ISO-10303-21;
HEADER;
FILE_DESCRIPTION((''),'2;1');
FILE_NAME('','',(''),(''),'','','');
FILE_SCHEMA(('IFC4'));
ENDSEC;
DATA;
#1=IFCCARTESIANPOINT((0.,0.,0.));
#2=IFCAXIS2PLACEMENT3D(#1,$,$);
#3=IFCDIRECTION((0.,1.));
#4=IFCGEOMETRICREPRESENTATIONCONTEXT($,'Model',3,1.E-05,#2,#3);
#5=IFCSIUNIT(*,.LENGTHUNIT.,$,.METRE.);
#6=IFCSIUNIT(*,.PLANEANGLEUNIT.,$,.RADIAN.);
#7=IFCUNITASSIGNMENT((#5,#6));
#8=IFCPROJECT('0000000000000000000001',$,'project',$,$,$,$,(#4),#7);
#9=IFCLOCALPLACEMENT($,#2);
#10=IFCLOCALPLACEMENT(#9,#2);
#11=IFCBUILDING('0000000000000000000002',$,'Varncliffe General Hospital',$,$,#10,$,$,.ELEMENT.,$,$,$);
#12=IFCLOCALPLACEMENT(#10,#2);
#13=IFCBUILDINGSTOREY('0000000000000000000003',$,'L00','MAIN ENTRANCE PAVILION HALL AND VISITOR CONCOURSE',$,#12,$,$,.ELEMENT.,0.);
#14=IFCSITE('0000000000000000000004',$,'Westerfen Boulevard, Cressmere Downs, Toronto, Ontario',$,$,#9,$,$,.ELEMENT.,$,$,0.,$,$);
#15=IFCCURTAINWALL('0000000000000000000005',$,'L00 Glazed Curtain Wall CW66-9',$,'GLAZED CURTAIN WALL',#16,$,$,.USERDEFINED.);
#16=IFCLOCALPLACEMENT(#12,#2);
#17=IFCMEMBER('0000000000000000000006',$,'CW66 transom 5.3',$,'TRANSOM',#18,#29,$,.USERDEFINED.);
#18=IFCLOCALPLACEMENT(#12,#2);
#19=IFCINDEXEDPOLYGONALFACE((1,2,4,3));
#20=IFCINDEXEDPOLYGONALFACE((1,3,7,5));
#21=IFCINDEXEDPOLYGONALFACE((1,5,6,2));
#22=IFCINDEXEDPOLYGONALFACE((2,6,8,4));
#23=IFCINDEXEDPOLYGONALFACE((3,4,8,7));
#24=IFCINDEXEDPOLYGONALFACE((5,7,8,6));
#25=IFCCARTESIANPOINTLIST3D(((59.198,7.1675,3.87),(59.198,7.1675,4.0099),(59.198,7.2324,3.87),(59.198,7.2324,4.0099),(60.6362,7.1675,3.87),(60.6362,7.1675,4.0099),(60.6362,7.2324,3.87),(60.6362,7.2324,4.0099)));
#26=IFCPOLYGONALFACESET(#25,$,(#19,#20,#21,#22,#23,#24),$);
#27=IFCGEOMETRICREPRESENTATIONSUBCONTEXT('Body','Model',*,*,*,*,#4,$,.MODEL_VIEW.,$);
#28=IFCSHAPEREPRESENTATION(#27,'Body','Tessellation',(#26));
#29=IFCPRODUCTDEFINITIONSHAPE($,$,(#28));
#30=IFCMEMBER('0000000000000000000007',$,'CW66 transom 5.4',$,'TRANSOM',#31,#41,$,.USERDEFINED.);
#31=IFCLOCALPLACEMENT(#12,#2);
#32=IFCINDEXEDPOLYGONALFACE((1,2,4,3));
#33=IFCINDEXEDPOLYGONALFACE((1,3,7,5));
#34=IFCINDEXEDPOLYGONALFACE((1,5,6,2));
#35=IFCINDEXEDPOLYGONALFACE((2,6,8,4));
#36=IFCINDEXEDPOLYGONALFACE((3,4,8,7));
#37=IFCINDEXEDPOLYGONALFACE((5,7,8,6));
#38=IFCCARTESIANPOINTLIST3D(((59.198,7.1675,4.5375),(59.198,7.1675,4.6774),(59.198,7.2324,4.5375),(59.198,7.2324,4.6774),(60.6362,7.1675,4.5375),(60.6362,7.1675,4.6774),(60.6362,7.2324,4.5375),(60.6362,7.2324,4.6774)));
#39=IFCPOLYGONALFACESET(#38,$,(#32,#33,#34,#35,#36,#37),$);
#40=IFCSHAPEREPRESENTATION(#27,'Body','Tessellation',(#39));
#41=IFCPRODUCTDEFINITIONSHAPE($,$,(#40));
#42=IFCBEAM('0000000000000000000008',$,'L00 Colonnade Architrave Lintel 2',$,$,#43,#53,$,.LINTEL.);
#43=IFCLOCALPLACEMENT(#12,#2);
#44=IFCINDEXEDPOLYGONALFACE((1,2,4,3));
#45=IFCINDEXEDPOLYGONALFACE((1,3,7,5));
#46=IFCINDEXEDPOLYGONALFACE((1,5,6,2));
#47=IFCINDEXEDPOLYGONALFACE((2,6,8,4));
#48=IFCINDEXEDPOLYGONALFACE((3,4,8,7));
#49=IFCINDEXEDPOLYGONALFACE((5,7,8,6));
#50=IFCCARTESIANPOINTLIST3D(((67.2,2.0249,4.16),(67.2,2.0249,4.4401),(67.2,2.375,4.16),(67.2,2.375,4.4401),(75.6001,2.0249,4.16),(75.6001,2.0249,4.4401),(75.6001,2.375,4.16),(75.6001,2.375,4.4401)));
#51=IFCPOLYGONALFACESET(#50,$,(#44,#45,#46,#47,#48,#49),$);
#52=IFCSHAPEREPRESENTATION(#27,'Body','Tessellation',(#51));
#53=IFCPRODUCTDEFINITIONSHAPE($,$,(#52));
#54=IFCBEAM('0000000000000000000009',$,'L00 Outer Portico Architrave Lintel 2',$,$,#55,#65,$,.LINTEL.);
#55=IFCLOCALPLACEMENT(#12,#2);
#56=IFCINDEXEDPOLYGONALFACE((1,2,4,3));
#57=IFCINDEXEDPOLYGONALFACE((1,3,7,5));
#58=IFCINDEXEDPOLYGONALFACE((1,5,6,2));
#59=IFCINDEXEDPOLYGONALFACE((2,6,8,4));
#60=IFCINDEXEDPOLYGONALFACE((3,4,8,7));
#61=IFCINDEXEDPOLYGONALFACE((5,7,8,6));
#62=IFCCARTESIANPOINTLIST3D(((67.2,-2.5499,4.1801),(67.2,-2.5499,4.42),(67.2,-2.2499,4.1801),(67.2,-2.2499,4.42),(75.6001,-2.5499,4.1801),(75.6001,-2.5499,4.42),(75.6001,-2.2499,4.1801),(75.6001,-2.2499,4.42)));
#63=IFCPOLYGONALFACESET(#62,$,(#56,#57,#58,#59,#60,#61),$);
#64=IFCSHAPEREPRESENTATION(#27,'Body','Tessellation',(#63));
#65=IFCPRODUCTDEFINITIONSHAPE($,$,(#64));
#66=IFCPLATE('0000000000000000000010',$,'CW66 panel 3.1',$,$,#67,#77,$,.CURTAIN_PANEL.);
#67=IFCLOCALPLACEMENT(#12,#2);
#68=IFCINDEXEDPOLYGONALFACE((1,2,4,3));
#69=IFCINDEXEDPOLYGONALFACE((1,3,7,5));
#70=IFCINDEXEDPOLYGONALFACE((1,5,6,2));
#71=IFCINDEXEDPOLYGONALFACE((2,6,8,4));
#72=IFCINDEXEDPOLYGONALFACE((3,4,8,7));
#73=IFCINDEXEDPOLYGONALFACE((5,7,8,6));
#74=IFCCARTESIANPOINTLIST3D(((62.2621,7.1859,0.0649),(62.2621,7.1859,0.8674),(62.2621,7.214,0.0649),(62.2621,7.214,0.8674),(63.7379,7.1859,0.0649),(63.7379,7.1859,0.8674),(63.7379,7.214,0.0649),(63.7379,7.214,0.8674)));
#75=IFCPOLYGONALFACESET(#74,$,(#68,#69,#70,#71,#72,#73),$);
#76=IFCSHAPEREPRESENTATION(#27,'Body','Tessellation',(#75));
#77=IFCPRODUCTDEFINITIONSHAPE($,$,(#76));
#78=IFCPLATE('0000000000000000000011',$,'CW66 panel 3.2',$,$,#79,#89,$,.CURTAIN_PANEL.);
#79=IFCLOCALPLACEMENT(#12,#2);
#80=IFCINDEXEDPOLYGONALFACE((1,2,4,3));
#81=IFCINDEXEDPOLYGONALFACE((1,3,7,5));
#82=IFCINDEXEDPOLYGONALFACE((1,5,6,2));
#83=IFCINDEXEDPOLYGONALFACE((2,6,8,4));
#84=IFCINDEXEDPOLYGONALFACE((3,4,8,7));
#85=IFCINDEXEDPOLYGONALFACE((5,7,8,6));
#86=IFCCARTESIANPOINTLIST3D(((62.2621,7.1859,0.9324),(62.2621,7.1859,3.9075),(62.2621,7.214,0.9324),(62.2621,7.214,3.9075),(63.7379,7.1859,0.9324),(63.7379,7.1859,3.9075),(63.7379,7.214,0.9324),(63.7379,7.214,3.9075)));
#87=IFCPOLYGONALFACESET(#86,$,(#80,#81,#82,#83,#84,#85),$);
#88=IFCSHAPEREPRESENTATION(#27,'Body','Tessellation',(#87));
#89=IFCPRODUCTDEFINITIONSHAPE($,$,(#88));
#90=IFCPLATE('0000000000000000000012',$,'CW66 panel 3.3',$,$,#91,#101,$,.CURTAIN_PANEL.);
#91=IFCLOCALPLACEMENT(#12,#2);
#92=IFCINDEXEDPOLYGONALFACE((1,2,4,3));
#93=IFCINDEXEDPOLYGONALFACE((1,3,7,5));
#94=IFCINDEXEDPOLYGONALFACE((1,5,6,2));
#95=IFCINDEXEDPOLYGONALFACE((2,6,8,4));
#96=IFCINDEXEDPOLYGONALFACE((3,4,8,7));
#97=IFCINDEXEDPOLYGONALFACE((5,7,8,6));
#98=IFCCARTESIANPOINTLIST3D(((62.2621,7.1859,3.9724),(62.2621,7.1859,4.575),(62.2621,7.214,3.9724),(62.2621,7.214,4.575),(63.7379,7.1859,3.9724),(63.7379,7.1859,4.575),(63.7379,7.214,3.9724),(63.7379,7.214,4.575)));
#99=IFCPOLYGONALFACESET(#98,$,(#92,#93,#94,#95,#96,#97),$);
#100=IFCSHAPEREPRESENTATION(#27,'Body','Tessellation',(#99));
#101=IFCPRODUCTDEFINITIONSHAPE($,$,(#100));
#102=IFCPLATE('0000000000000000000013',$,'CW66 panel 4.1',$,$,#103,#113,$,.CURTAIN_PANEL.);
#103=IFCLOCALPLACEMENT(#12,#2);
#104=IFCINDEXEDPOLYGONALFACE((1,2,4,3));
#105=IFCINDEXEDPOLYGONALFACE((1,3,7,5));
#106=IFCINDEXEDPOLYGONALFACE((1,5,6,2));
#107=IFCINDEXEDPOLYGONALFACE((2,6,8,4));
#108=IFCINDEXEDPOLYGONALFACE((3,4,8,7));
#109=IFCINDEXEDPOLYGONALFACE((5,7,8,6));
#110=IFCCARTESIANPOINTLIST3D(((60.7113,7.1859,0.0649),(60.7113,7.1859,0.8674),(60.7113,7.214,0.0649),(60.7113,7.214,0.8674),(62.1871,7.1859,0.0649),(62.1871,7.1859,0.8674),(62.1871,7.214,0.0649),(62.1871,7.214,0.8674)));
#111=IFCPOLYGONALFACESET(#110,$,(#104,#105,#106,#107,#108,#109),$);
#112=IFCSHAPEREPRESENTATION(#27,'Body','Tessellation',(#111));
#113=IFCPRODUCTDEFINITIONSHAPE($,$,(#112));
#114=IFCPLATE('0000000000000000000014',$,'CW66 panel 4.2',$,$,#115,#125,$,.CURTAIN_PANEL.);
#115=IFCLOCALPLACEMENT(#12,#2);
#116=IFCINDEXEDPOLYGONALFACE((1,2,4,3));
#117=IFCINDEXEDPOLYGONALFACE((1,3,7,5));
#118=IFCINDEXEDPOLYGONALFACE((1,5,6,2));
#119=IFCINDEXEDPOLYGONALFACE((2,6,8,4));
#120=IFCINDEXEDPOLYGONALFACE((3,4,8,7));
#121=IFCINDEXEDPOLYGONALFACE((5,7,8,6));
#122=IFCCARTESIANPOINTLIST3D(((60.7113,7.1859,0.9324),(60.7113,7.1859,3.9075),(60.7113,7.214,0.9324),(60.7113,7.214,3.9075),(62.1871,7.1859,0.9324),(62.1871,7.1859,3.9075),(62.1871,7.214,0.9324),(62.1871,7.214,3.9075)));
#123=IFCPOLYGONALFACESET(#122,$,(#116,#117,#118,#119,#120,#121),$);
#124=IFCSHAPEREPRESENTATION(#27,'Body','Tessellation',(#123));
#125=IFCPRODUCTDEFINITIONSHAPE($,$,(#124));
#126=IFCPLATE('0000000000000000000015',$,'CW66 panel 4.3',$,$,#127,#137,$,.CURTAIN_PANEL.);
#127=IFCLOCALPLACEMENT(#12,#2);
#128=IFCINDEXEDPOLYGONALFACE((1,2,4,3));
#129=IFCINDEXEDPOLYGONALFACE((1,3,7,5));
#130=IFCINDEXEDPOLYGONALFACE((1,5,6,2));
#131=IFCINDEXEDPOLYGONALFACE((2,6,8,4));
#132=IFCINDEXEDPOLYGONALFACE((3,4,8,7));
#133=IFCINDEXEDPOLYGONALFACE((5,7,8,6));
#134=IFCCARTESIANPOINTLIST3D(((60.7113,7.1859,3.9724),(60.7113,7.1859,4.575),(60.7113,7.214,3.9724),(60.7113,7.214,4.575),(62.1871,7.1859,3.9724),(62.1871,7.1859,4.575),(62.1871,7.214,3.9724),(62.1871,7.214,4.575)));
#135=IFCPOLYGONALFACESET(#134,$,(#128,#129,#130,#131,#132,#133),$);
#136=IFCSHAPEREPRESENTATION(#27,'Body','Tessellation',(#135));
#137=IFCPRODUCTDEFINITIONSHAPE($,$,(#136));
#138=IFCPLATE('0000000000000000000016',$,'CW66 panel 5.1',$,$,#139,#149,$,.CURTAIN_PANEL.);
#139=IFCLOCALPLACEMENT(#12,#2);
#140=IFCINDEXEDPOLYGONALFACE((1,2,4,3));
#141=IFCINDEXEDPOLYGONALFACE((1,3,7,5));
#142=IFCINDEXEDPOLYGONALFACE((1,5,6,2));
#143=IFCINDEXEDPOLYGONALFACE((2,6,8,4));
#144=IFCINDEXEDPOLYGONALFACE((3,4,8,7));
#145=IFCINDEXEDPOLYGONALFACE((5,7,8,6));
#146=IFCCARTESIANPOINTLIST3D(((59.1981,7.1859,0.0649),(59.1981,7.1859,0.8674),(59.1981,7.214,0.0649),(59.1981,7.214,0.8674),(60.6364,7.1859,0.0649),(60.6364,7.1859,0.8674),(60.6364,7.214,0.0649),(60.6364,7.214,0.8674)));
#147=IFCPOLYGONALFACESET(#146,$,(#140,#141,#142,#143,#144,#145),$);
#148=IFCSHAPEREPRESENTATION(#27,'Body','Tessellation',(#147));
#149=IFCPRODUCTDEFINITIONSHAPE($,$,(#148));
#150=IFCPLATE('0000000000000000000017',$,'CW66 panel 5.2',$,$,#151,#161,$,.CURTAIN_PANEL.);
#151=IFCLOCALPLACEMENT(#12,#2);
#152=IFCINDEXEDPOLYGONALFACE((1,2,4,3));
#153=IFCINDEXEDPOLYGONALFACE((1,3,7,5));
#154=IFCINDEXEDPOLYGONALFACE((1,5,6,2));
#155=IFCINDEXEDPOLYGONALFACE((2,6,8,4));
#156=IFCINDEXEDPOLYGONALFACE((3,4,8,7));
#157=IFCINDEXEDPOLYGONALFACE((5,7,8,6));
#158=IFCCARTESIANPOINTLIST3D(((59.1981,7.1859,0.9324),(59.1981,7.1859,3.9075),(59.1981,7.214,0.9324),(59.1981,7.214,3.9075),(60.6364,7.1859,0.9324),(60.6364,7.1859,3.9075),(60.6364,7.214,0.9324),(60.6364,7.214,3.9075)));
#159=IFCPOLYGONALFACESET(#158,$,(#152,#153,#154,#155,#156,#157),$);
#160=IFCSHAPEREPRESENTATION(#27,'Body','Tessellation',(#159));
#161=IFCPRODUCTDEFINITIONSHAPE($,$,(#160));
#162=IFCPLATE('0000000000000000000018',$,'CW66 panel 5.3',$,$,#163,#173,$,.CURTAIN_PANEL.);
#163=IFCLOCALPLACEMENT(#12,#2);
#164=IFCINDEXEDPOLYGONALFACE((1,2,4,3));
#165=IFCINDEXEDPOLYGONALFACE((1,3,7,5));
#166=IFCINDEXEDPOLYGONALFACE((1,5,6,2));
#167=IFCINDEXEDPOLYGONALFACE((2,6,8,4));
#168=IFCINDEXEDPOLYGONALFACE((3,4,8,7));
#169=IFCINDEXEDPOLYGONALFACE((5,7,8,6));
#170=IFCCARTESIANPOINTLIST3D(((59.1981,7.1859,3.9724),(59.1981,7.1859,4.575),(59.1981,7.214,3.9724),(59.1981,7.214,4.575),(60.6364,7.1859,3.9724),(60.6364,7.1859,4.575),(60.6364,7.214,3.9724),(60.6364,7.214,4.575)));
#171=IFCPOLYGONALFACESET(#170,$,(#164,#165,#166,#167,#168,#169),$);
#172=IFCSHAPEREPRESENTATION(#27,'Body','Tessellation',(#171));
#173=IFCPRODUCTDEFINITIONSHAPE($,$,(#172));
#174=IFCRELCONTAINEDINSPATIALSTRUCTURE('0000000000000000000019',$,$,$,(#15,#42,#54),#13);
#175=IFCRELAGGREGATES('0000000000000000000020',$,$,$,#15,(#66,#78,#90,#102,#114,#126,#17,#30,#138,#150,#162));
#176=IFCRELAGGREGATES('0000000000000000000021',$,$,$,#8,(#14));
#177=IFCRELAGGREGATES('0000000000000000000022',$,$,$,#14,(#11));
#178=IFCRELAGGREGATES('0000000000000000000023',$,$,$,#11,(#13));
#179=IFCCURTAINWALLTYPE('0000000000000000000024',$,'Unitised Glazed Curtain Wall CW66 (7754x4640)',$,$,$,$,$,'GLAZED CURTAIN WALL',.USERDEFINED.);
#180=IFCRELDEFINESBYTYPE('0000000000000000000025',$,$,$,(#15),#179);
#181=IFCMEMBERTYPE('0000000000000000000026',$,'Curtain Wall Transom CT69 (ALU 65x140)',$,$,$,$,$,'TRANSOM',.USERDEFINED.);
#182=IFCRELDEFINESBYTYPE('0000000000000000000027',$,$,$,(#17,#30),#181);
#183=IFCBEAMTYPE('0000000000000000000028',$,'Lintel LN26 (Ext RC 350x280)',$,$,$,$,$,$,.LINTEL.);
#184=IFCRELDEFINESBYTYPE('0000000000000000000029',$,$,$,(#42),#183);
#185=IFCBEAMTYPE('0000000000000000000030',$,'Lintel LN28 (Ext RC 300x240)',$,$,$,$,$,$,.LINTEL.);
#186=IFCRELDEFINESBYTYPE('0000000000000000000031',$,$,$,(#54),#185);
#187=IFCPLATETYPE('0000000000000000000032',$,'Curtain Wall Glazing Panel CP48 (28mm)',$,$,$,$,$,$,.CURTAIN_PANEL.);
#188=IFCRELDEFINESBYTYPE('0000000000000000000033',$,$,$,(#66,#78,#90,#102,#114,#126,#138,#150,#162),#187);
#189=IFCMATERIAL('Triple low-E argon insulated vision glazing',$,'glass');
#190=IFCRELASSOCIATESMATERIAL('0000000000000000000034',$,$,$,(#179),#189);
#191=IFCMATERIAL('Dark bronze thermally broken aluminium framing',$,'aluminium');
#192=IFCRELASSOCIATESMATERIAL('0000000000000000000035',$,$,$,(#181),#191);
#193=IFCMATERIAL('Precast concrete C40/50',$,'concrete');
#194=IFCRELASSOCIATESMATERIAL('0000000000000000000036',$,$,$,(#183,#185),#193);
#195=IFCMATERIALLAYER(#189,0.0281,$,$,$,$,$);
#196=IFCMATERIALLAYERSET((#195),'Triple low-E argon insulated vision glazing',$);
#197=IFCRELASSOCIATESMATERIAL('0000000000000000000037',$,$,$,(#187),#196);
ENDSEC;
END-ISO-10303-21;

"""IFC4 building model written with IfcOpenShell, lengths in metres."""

from ifc_helpers import new_model, si_unit, direction, frame, origin, origin_2d, place, context, subcontext, project, spatial, rectangle, extrude, material, layer, layer_set, material_profile, profile_set, type_object, element, aggregate, save


model = new_model("IFC4")

# Units and contexts
model_context = context("Model", 3, precision=1e-05, world=origin(), true_north=direction((0.0, 1.0)))
body_context = subcontext(model_context, "Body", "Model", "MODEL_VIEW")
ifc_project = project(units=[si_unit("LENGTHUNIT", "METRE"), si_unit("PLANEANGLEUNIT", "RADIAN")], contexts=[model_context])

# Site, building, storey
site_placement = place(None, origin())
site = spatial("IfcSite", under=ifc_project, at=site_placement, Name="Westerfen Boulevard, Cressmere Downs, Toronto, Ontario", CompositionType="ELEMENT", RefElevation=0.0)
building_placement = place(site_placement, origin())
building = spatial("IfcBuilding", under=site, at=building_placement, Name="Varncliffe General Hospital", CompositionType="ELEMENT")
storey_placement = place(building_placement, origin())
storey = spatial("IfcBuildingStorey", under=building, at=storey_placement, Name="L00", Description="MAIN ENTRANCE PAVILION HALL AND VISITOR CONCOURSE", CompositionType="ELEMENT", Elevation=0.0)

# Curtain wall, members
ifc_material_1 = material(Name="Triple low-E argon insulated vision glazing", Category="glass")
curtain_wall_type = type_object("IfcCurtainWallType", Name="Unitised Glazed Curtain Wall CW66 (7754x4640)", ElementType="GLAZED CURTAIN WALL", PredefinedType="USERDEFINED", material=ifc_material_1)
curtain_wall_placement = place(storey_placement, origin())
curtain_wall = element("IfcCurtainWall", 1, at=curtain_wall_placement, inside=storey, type_object=curtain_wall_type, Name="L00 Glazed Curtain Wall CW66-9", ObjectType="GLAZED CURTAIN WALL", PredefinedType="USERDEFINED")
ifc_material_2 = material(Name="Dark bronze thermally broken aluminium framing", Category="aluminium")
ifc_material_profile_1 = material_profile(ifc_material_2, rectangle(XDim=0.0649, YDim=0.1399, at=origin_2d()), Name="ALU 65x140")
ifc_profile_set_1 = profile_set([ifc_material_profile_1], Name="Dark bronze thermally broken aluminium framing")
member_type_1 = type_object("IfcMemberType", Name="Curtain Wall Transom CT69 (ALU 65x140)", ElementType="TRANSOM", PredefinedType="USERDEFINED", material=ifc_profile_set_1)
member_1_placement = place(storey_placement, frame((60.6362, 7.2, 3.9399), z_axis=(-1.0, 0.0, 0.0), x_axis=(0.0, -1.0, 0.0)))
member_1 = element("IfcMember", 2, at=member_1_placement, type_object=member_type_1, Name="CW66 transom 5.3", ObjectType="TRANSOM", PredefinedType="USERDEFINED", context=body_context, shape_type="SweptSolid", body=[
    extrude(rectangle(XDim=0.0649, YDim=0.1399, at=origin_2d()), origin(), (0.0, 0.0, 1.0), 1.4382),
])
member_2_placement = place(storey_placement, frame((60.6362, 7.2, 4.6074), z_axis=(-1.0, 0.0, 0.0), x_axis=(0.0, -1.0, 0.0)))
member_2 = element("IfcMember", 3, at=member_2_placement, type_object=member_type_1, Name="CW66 transom 5.4", ObjectType="TRANSOM", PredefinedType="USERDEFINED", context=body_context, shape_type="SweptSolid", body=[
    extrude(rectangle(XDim=0.0649, YDim=0.1399, at=origin_2d()), origin(), (0.0, 0.0, 1.0), 1.4382),
])

# Beams
ifc_material_3 = material(Name="Precast concrete C40/50", Category="concrete")
ifc_material_profile_2 = material_profile(ifc_material_3, rectangle(XDim=0.3501, YDim=0.28, at=origin_2d()), Name="RC 350x280")
ifc_profile_set_2 = profile_set([ifc_material_profile_2], Name="Precast concrete C40/50")
beam_type_1 = type_object("IfcBeamType", Name="Lintel LN26 (Ext RC 350x280)", PredefinedType="LINTEL", material=ifc_profile_set_2)
beam_1_placement = place(storey_placement, frame((67.2, 2.2, 4.3), z_axis=(1.0, 0.0, 0.0), x_axis=(0.0, 1.0, 0.0)))
element("IfcBeam", 4, at=beam_1_placement, inside=storey, type_object=beam_type_1, Name="L00 Colonnade Architrave Lintel 2", PredefinedType="LINTEL", context=body_context, shape_type="SweptSolid", body=[
    extrude(rectangle(XDim=0.3501, YDim=0.28, at=origin_2d()), origin(), (0.0, 0.0, 1.0), 8.4001),
])
ifc_material_profile_3 = material_profile(ifc_material_3, rectangle(XDim=0.3, YDim=0.24, at=origin_2d()), Name="RC 300x240")
ifc_profile_set_3 = profile_set([ifc_material_profile_3], Name="Precast concrete C40/50")
beam_type_2 = type_object("IfcBeamType", Name="Lintel LN28 (Ext RC 300x240)", PredefinedType="LINTEL", material=ifc_profile_set_3)
beam_2_placement = place(storey_placement, frame((67.2, -2.3999, 4.3), z_axis=(1.0, 0.0, 0.0), x_axis=(0.0, 1.0, 0.0)))
element("IfcBeam", 5, at=beam_2_placement, inside=storey, type_object=beam_type_2, Name="L00 Outer Portico Architrave Lintel 2", PredefinedType="LINTEL", context=body_context, shape_type="SweptSolid", body=[
    extrude(rectangle(XDim=0.3, YDim=0.24, at=origin_2d()), origin(), (0.0, 0.0, 1.0), 8.4001),
])

# Plates
ifc_layer = layer(ifc_material_1, 0.0281)
ifc_layer_set = layer_set([ifc_layer], Name="Triple low-E argon insulated vision glazing")
plate_type = type_object("IfcPlateType", Name="Curtain Wall Glazing Panel CP48 (28mm)", PredefinedType="CURTAIN_PANEL", material=ifc_layer_set)
plate_1_placement = place(storey_placement, frame((63.0, 7.2, 0.0649), z_axis=(0.0, 0.0, 1.0), x_axis=(-1.0, 0.0, 0.0)))
plate_1 = element("IfcPlate", 6, at=plate_1_placement, type_object=plate_type, Name="CW66 panel 3.1", PredefinedType="CURTAIN_PANEL", context=body_context, shape_type="SweptSolid", body=[
    extrude(rectangle(XDim=1.4758, YDim=0.0281, at=origin_2d()), origin(), (0.0, 0.0, 1.0), 0.8025),
])
plate_2_placement = place(storey_placement, frame((63.0, 7.2, 0.9324), z_axis=(0.0, 0.0, 1.0), x_axis=(-1.0, 0.0, 0.0)))
plate_2 = element("IfcPlate", 7, at=plate_2_placement, type_object=plate_type, Name="CW66 panel 3.2", PredefinedType="CURTAIN_PANEL", context=body_context, shape_type="SweptSolid", body=[
    extrude(rectangle(XDim=1.4758, YDim=0.0281, at=origin_2d()), origin(), (0.0, 0.0, 1.0), 2.9751),
])
plate_3_placement = place(storey_placement, frame((63.0, 7.2, 3.9724), z_axis=(0.0, 0.0, 1.0), x_axis=(-1.0, 0.0, 0.0)))
plate_3 = element("IfcPlate", 8, at=plate_3_placement, type_object=plate_type, Name="CW66 panel 3.3", PredefinedType="CURTAIN_PANEL", context=body_context, shape_type="SweptSolid", body=[
    extrude(rectangle(XDim=1.4758, YDim=0.0281, at=origin_2d()), origin(), (0.0, 0.0, 1.0), 0.6025),
])
plate_4_placement = place(storey_placement, frame((61.4492, 7.2, 0.0649), z_axis=(0.0, 0.0, 1.0), x_axis=(-1.0, 0.0, 0.0)))
plate_4 = element("IfcPlate", 9, at=plate_4_placement, type_object=plate_type, Name="CW66 panel 4.1", PredefinedType="CURTAIN_PANEL", context=body_context, shape_type="SweptSolid", body=[
    extrude(rectangle(XDim=1.4758, YDim=0.0281, at=origin_2d()), origin(), (0.0, 0.0, 1.0), 0.8025),
])
plate_5_placement = place(storey_placement, frame((61.4492, 7.2, 0.9324), z_axis=(0.0, 0.0, 1.0), x_axis=(-1.0, 0.0, 0.0)))
plate_5 = element("IfcPlate", 10, at=plate_5_placement, type_object=plate_type, Name="CW66 panel 4.2", PredefinedType="CURTAIN_PANEL", context=body_context, shape_type="SweptSolid", body=[
    extrude(rectangle(XDim=1.4758, YDim=0.0281, at=origin_2d()), origin(), (0.0, 0.0, 1.0), 2.9751),
])
plate_6_placement = place(storey_placement, frame((61.4492, 7.2, 3.9724), z_axis=(0.0, 0.0, 1.0), x_axis=(-1.0, 0.0, 0.0)))
plate_6 = element("IfcPlate", 11, at=plate_6_placement, type_object=plate_type, Name="CW66 panel 4.3", PredefinedType="CURTAIN_PANEL", context=body_context, shape_type="SweptSolid", body=[
    extrude(rectangle(XDim=1.4758, YDim=0.0281, at=origin_2d()), origin(), (0.0, 0.0, 1.0), 0.6025),
])
plate_7_placement = place(storey_placement, frame((59.9172, 7.2, 0.0649), z_axis=(0.0, 0.0, 1.0), x_axis=(-1.0, 0.0, 0.0)))
plate_7 = element("IfcPlate", 12, at=plate_7_placement, type_object=plate_type, Name="CW66 panel 5.1", PredefinedType="CURTAIN_PANEL", context=body_context, shape_type="SweptSolid", body=[
    extrude(rectangle(XDim=1.4382, YDim=0.0281, at=origin_2d()), origin(), (0.0, 0.0, 1.0), 0.8025),
])
plate_8_placement = place(storey_placement, frame((59.9172, 7.2, 0.9324), z_axis=(0.0, 0.0, 1.0), x_axis=(-1.0, 0.0, 0.0)))
plate_8 = element("IfcPlate", 13, at=plate_8_placement, type_object=plate_type, Name="CW66 panel 5.2", PredefinedType="CURTAIN_PANEL", context=body_context, shape_type="SweptSolid", body=[
    extrude(rectangle(XDim=1.4382, YDim=0.0281, at=origin_2d()), origin(), (0.0, 0.0, 1.0), 2.9751),
])
plate_9_placement = place(storey_placement, frame((59.9172, 7.2, 3.9724), z_axis=(0.0, 0.0, 1.0), x_axis=(-1.0, 0.0, 0.0)))
plate_9 = element("IfcPlate", 14, at=plate_9_placement, type_object=plate_type, Name="CW66 panel 5.3", PredefinedType="CURTAIN_PANEL", context=body_context, shape_type="SweptSolid", body=[
    extrude(rectangle(XDim=1.4382, YDim=0.0281, at=origin_2d()), origin(), (0.0, 0.0, 1.0), 0.6025),
])
aggregate(curtain_wall, [plate_1, plate_2, plate_3, plate_4, plate_5, plate_6, member_1, member_2, plate_7, plate_8, plate_9])

save(model, "model.ifc")
